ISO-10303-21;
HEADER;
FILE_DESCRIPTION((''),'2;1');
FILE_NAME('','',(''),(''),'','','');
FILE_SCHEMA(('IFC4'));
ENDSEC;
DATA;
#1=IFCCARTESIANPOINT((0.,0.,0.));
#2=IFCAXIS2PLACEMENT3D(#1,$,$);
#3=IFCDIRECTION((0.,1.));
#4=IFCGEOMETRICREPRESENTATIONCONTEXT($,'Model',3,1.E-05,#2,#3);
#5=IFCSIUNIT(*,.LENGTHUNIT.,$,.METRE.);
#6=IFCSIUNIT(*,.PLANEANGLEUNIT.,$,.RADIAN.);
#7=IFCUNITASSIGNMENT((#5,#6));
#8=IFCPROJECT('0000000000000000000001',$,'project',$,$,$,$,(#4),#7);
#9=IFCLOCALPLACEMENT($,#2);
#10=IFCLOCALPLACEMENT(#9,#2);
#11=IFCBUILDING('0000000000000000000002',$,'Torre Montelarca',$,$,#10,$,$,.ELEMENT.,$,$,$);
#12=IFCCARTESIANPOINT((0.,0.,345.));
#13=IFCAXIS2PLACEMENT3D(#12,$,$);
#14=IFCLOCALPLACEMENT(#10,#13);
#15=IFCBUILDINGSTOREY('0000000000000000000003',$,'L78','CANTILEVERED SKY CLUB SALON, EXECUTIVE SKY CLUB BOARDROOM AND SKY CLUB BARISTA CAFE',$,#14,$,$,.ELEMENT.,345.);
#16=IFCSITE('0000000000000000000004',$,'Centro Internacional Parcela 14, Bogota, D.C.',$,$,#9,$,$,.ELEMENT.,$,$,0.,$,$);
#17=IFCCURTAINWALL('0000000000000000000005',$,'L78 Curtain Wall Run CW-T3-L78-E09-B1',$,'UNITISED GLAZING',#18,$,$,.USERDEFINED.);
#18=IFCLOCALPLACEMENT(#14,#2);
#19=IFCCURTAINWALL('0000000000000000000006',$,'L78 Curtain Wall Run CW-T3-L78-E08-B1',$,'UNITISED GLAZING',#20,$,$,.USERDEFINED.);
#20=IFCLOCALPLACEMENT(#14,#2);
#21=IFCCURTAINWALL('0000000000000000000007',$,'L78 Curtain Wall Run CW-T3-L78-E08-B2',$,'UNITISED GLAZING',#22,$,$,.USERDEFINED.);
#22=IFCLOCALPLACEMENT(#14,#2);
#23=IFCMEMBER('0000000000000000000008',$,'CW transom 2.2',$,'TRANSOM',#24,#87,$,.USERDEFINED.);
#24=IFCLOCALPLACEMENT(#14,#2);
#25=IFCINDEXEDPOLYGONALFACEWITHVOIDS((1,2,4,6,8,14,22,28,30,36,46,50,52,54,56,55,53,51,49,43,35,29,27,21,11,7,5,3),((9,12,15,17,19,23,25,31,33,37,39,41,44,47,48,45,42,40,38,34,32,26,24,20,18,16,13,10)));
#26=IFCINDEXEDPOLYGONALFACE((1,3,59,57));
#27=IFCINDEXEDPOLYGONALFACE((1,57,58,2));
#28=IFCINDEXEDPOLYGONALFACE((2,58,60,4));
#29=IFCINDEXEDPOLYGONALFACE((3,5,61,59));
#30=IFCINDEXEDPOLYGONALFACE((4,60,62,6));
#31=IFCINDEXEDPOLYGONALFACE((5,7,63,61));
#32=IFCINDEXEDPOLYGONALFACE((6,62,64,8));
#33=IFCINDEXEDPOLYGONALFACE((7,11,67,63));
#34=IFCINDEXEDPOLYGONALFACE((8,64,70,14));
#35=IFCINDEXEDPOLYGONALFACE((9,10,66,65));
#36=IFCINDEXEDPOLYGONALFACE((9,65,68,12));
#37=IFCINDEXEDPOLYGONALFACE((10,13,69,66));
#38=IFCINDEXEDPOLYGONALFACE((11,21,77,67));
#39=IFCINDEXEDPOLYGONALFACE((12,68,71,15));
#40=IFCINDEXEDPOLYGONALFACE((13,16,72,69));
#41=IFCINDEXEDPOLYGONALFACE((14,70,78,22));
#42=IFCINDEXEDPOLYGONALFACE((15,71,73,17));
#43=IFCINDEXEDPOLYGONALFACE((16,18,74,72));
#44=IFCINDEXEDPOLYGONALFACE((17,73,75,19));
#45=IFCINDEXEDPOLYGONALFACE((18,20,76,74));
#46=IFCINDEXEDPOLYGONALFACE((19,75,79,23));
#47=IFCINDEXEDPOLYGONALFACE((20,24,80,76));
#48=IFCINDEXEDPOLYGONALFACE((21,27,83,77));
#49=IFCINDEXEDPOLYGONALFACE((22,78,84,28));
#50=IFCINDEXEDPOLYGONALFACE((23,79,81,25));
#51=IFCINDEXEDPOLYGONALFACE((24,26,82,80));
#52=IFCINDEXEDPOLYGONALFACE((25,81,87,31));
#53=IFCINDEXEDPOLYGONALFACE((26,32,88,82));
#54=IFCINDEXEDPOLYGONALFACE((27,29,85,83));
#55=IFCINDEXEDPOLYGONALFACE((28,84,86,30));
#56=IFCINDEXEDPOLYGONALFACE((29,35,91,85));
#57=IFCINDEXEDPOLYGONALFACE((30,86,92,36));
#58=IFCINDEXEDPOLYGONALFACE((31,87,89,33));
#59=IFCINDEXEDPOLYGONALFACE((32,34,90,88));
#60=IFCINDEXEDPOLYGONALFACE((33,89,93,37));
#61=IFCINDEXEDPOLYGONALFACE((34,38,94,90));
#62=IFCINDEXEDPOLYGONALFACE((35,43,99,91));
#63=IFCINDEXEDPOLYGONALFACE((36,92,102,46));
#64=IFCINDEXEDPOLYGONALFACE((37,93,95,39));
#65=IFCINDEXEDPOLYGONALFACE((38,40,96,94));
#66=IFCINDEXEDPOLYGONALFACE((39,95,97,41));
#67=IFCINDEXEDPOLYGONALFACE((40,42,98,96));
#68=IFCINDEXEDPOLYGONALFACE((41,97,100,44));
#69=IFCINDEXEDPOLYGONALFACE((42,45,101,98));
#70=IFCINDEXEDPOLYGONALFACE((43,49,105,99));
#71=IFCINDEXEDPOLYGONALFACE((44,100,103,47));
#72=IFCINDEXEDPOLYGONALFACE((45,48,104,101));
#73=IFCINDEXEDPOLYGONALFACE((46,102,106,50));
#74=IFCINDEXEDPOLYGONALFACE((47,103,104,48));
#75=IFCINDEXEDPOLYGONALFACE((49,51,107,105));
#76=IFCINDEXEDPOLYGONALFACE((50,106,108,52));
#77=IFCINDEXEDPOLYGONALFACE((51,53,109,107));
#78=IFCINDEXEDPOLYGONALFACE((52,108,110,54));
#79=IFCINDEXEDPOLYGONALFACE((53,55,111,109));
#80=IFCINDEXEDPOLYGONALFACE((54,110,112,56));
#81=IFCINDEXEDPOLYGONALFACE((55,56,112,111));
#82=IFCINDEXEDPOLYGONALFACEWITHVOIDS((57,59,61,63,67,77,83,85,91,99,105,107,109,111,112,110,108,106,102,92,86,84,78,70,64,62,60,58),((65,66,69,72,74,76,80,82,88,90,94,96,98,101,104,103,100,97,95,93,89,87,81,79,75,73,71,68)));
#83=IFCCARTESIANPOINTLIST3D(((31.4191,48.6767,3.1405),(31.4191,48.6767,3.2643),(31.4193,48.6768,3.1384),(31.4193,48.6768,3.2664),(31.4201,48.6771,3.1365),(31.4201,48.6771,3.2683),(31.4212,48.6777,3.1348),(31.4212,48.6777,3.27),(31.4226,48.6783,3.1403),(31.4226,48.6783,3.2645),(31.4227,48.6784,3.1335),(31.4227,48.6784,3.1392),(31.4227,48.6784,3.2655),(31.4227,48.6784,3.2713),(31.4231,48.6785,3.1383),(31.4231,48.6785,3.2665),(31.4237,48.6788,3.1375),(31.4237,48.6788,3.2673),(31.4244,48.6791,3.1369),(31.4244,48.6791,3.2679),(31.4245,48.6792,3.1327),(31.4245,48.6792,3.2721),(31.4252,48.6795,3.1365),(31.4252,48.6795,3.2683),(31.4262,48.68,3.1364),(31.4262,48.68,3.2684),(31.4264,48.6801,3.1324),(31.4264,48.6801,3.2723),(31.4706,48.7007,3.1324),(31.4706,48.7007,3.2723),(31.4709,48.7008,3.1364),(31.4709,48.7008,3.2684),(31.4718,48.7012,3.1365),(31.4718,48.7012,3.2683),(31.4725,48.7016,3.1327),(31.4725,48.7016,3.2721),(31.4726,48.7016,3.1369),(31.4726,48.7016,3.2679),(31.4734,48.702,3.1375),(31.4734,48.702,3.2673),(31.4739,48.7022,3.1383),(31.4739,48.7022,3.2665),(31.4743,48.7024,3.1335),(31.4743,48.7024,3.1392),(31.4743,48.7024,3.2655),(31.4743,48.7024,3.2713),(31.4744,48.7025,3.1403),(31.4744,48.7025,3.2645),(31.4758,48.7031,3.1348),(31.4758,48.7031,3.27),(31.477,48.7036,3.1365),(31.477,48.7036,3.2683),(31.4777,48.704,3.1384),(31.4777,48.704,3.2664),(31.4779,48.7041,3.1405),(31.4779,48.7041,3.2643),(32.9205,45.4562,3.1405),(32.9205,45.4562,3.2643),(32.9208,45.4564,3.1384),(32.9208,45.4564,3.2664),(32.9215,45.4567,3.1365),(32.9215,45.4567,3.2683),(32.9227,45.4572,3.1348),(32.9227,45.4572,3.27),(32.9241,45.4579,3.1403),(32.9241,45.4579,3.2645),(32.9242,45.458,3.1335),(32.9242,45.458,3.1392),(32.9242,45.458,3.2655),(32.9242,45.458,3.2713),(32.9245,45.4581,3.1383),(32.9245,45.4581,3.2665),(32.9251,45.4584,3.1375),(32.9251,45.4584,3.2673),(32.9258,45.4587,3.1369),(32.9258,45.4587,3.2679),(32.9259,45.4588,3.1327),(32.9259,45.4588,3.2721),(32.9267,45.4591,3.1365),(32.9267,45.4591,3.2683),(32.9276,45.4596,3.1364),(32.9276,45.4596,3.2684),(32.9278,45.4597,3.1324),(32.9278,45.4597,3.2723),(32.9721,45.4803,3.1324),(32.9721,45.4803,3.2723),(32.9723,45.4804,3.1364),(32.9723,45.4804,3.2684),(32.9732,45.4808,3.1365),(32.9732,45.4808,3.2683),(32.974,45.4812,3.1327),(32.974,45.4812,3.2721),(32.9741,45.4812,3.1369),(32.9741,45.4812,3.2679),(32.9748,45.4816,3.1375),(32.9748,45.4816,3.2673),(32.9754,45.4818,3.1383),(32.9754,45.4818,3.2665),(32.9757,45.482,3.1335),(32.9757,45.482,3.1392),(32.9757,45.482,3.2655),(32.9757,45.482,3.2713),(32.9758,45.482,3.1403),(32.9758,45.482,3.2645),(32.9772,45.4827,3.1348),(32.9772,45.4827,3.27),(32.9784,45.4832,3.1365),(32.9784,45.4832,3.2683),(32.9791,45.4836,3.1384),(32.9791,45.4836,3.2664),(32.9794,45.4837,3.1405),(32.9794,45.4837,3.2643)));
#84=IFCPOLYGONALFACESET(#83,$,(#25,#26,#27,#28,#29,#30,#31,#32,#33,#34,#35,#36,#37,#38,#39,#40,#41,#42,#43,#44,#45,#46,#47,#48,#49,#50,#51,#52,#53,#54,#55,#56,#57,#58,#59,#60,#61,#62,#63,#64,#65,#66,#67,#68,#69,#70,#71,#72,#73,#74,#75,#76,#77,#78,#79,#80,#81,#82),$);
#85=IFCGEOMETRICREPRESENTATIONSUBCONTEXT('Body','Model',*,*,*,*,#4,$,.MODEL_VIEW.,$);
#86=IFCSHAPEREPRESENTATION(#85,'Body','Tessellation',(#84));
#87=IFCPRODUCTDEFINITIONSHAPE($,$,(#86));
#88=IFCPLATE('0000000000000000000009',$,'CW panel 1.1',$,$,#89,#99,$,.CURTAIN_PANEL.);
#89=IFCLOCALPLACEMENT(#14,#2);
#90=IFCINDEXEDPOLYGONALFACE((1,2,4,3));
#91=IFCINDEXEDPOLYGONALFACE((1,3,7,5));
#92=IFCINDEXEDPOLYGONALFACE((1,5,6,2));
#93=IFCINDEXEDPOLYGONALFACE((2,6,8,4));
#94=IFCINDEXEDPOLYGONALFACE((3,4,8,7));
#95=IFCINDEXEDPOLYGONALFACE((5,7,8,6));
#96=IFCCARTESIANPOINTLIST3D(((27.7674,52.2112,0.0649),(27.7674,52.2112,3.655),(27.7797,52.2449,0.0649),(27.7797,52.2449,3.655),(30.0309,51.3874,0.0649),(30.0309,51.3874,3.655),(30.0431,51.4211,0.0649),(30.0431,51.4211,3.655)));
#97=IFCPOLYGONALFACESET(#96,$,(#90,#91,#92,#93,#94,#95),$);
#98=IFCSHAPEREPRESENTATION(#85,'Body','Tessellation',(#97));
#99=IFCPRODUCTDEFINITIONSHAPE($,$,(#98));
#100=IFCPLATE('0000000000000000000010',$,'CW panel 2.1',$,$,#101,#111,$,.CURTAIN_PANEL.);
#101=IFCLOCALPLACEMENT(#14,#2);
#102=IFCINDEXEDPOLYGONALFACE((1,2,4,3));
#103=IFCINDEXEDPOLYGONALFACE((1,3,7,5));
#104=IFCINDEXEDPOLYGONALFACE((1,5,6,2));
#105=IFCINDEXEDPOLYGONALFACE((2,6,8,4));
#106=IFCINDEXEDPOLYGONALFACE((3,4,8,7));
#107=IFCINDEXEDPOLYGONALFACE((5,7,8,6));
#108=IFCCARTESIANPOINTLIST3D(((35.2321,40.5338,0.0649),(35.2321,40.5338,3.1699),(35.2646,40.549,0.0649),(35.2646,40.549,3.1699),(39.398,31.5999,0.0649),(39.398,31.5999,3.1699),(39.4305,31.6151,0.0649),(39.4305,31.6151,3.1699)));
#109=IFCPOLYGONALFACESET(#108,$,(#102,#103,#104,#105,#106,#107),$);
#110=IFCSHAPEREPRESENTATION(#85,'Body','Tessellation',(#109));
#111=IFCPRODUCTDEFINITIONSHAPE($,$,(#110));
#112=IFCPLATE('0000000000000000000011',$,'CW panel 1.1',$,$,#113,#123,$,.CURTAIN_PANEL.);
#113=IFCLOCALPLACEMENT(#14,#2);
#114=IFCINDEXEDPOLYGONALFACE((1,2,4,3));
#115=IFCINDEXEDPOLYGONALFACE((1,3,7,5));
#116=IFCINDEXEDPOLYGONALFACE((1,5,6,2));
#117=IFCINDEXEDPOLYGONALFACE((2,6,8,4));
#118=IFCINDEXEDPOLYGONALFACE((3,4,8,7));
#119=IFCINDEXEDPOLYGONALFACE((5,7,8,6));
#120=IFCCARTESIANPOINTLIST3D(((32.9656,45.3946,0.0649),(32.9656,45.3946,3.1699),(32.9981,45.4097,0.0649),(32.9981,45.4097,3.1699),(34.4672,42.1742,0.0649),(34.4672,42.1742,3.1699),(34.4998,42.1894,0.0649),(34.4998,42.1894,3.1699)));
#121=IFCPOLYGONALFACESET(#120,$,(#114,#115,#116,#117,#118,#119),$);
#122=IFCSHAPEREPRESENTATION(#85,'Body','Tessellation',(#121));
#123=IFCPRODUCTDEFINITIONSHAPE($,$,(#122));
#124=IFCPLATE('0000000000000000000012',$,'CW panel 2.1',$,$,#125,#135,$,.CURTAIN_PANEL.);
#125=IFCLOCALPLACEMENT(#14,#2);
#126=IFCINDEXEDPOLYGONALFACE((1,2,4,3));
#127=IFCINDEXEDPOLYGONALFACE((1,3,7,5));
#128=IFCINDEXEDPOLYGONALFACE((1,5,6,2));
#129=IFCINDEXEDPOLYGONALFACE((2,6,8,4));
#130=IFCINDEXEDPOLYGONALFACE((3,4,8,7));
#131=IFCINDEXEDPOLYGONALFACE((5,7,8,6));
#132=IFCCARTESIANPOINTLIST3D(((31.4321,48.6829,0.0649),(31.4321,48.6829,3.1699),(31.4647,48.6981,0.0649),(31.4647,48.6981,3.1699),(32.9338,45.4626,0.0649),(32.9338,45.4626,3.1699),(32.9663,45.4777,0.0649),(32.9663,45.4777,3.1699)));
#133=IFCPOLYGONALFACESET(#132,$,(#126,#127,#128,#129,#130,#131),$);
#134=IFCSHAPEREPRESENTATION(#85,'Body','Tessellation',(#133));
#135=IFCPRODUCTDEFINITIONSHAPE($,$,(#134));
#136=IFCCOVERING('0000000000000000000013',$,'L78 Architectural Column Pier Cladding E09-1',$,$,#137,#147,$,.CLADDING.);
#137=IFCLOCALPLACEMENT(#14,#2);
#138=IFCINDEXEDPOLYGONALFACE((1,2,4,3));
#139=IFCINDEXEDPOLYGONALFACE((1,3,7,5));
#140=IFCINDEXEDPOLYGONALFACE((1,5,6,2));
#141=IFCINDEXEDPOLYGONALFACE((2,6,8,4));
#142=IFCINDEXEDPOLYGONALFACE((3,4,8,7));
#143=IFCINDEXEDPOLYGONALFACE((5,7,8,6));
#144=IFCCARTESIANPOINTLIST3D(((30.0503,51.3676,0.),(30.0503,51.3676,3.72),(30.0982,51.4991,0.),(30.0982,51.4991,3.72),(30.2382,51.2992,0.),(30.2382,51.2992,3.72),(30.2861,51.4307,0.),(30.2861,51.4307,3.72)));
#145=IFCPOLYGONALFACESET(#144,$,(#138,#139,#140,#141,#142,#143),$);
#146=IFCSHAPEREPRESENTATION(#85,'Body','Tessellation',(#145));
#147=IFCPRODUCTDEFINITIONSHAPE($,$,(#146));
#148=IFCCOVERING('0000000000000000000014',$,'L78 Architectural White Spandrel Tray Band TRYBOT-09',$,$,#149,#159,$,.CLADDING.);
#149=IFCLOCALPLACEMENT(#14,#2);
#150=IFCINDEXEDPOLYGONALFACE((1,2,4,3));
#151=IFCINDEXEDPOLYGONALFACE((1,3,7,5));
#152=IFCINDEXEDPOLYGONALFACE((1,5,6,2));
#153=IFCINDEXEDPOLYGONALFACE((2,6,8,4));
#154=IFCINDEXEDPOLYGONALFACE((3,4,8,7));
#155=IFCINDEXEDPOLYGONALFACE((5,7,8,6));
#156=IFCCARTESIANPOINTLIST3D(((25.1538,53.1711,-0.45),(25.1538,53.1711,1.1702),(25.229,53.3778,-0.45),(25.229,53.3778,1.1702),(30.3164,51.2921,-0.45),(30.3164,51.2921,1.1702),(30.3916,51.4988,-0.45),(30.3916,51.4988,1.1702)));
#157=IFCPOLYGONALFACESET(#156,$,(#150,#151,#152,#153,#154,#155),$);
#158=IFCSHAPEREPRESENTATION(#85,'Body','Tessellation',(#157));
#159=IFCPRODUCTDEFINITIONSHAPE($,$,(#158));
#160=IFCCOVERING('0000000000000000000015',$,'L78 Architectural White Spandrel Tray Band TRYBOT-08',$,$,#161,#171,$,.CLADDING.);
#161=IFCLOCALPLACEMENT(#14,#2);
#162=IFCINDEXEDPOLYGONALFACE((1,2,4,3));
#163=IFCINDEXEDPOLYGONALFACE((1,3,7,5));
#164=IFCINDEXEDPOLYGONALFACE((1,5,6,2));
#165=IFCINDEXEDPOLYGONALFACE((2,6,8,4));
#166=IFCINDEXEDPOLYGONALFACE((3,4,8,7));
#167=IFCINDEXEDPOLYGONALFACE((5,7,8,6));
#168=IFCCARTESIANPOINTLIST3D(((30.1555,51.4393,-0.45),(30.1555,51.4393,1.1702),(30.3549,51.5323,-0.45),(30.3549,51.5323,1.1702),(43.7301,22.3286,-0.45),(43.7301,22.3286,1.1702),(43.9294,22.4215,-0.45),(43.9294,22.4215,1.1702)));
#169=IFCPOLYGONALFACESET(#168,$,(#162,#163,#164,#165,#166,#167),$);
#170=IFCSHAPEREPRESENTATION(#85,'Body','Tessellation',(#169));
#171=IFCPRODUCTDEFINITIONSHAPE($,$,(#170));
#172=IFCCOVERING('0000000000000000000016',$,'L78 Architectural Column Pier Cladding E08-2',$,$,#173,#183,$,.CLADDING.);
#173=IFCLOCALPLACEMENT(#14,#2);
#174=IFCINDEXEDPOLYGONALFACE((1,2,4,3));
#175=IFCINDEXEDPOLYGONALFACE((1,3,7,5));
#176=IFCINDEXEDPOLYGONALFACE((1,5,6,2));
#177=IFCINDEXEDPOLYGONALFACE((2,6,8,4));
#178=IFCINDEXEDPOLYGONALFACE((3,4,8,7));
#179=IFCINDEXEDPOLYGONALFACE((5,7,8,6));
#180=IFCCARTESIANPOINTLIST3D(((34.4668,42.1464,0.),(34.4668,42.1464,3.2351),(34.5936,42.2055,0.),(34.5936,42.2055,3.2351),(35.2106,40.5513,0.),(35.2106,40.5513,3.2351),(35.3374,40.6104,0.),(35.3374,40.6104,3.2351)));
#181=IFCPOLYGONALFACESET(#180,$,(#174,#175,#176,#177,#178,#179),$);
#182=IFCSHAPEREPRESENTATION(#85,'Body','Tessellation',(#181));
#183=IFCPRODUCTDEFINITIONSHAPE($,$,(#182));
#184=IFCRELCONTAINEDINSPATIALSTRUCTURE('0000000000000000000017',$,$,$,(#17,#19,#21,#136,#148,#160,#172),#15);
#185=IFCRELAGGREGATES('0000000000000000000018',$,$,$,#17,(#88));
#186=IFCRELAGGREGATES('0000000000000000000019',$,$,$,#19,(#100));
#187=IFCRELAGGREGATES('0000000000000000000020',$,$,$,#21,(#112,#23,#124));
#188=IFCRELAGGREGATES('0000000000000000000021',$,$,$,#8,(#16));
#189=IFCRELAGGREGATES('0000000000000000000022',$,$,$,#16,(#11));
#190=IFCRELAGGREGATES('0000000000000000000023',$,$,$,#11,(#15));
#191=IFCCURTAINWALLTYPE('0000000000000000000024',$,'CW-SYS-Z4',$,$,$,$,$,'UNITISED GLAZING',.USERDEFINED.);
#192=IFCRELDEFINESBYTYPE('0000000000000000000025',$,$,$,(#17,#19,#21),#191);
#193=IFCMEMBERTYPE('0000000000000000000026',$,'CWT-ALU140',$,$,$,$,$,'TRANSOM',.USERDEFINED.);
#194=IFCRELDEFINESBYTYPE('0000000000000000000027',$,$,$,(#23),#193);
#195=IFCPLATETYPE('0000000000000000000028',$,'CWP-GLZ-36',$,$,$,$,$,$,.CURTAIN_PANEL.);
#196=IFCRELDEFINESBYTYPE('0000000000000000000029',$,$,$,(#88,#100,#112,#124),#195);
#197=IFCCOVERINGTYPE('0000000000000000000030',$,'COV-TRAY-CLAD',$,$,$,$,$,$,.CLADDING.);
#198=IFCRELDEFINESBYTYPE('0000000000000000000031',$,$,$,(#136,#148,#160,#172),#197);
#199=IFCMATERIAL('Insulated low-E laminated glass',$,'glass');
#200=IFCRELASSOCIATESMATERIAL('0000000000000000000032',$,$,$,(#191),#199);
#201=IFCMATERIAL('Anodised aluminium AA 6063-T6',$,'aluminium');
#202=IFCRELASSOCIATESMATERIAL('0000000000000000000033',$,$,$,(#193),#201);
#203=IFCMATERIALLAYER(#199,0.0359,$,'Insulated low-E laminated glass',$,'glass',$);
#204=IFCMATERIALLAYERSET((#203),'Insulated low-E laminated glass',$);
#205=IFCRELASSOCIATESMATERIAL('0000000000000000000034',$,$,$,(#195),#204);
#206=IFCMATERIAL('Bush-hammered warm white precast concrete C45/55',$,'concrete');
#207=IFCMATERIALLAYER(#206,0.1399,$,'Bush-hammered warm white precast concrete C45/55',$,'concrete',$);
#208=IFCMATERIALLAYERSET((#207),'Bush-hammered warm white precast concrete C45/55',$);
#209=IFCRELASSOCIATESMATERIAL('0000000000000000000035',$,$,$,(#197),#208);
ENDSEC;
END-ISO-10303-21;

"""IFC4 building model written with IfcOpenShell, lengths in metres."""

from ifc_helpers import new_model, si_unit, direction, frame, origin, origin_2d, place, context, subcontext, project, spatial, rectangle, hollow_rectangle, extrude, source, transform, mapped, material, layer, layer_set, material_profile, profile_set, type_object, element, aggregate, save


model = new_model("IFC4")

# Units and contexts
model_context = context("Model", 3, precision=1e-05, world=origin(), true_north=direction((0.0, 1.0)))
body_context = subcontext(model_context, "Body", "Model", "MODEL_VIEW")
ifc_project = project(units=[si_unit("LENGTHUNIT", "METRE"), si_unit("PLANEANGLEUNIT", "RADIAN")], contexts=[model_context])

# Site, building, storey
site_placement = place(None, origin())
site = spatial("IfcSite", under=ifc_project, at=site_placement, Name="Centro Internacional Parcela 14, Bogota, D.C.", CompositionType="ELEMENT", RefElevation=0.0)
building_placement = place(site_placement, origin())
building = spatial("IfcBuilding", under=site, at=building_placement, Name="Torre Montelarca", CompositionType="ELEMENT")
storey_placement = place(building_placement, frame((0.0, 0.0, 345.0)))
storey = spatial("IfcBuildingStorey", under=building, at=storey_placement, Name="L78", Description="CANTILEVERED SKY CLUB SALON, EXECUTIVE SKY CLUB BOARDROOM AND SKY CLUB BARISTA CAFE", CompositionType="ELEMENT", Elevation=345.0)

# Curtain wall
ifc_material_1 = material(Name="Insulated low-E laminated glass", Category="glass")
curtain_wall_type = type_object("IfcCurtainWallType", Name="CW-SYS-Z4", ElementType="UNITISED GLAZING", PredefinedType="USERDEFINED", material=ifc_material_1)
curtain_wall_1_placement = place(storey_placement, origin())
curtain_wall_1 = element("IfcCurtainWall", 1, at=curtain_wall_1_placement, inside=storey, type_object=curtain_wall_type, Name="L78 Curtain Wall Run CW-T3-L78-E09-B1", ObjectType="UNITISED GLAZING", PredefinedType="USERDEFINED")
ifc_material_2 = material(Name="Anodised aluminium AA 6063-T6", Category="aluminium")
ifc_material_profile_1 = material_profile(ifc_material_2, hollow_rectangle(XDim=0.0649, YDim=0.1399, WallThickness=0.0039, InnerFilletRadius=0.0039, OuterFilletRadius=0.0081, at=origin_2d()), Name="ALU65X140X4", Category="aluminium")
ifc_profile_set_1 = profile_set([ifc_material_profile_1], Name="Anodised aluminium AA 6063-T6")
member_type_1 = type_object("IfcMemberType", Name="CWT-ALU140", ElementType="TRANSOM", PredefinedType="USERDEFINED", material=ifc_profile_set_1)

# Curtain wall
curtain_wall_2_placement = place(storey_placement, origin())
curtain_wall_2 = element("IfcCurtainWall", 2, at=curtain_wall_2_placement, inside=storey, type_object=curtain_wall_type, Name="L78 Curtain Wall Run CW-T3-L78-E08-B1", ObjectType="UNITISED GLAZING", PredefinedType="USERDEFINED")

# Curtain wall
curtain_wall_3_placement = place(storey_placement, origin())
curtain_wall_3 = element("IfcCurtainWall", 3, at=curtain_wall_3_placement, inside=storey, type_object=curtain_wall_type, Name="L78 Curtain Wall Run CW-T3-L78-E08-B2", ObjectType="UNITISED GLAZING", PredefinedType="USERDEFINED")

# Member
shared_shape_1 = source(origin(), body_context, "Body", "SweptSolid", [
    extrude(hollow_rectangle(XDim=0.0649, YDim=0.1399, WallThickness=0.0039, InnerFilletRadius=0.0039, OuterFilletRadius=0.0081, at=origin_2d()), origin(), (0.0, 0.0, 1.0), 3.5532),
])
member_1_placement = place(storey_placement, frame((32.95, 45.47, 3.2024), z_axis=(-0.422558, 0.906336, 0.0), x_axis=(-0.906336, -0.422558, 0.0)))
member_1 = element("IfcMember", 4, at=member_1_placement, type_object=member_type_1, Name="CW transom 2.2", ObjectType="TRANSOM", PredefinedType="USERDEFINED", context=body_context, shape_type="MappedRepresentation", body=[
    mapped(shared_shape_1, transform((0.0, 0.0, 0.0), scale=1.0)),
])

# Plates
ifc_layer_1 = layer(ifc_material_1, 0.0359, Name="Insulated low-E laminated glass", Category="glass")
ifc_layer_set_1 = layer_set([ifc_layer_1], Name="Insulated low-E laminated glass")
plate_type = type_object("IfcPlateType", Name="CWP-GLZ-36", PredefinedType="CURTAIN_PANEL", material=ifc_layer_set_1)
shared_shape_2 = source(origin(), body_context, "Body", "SweptSolid", [
    extrude(rectangle(XDim=2.4087, YDim=0.0359, at=origin_2d()), origin(), (0.0, 0.0, 1.0), 3.5901),
])
plate_1_placement = place(storey_placement, frame((28.9053, 51.8162, 0.0649), z_axis=(0.0, 0.0, 1.0), x_axis=(-0.939694, 0.342015, 0.0)))
plate_1 = element("IfcPlate", 5, at=plate_1_placement, type_object=plate_type, Name="CW panel 1.1", PredefinedType="CURTAIN_PANEL", context=body_context, shape_type="MappedRepresentation", body=[
    mapped(shared_shape_2, transform((0.0, 0.0, 0.0), scale=1.0)),
])
aggregate(curtain_wall_1, [plate_1])
shared_shape_3 = source(origin(), body_context, "Body", "SweptSolid", [
    extrude(rectangle(XDim=9.8574, YDim=0.0359, at=origin_2d()), origin(), (0.0, 0.0, 1.0), 3.105),
])
plate_2_placement = place(storey_placement, frame((37.3313, 36.0745, 0.0649), z_axis=(0.0, 0.0, 1.0), x_axis=(-0.422615, 0.906309, 0.0)))
plate_2 = element("IfcPlate", 6, at=plate_2_placement, type_object=plate_type, Name="CW panel 2.1", PredefinedType="CURTAIN_PANEL", context=body_context, shape_type="MappedRepresentation", body=[
    mapped(shared_shape_3, transform((0.0, 0.0, 0.0), scale=1.0)),
])
aggregate(curtain_wall_2, [plate_2])
shared_shape_4 = source(origin(), body_context, "Body", "SweptSolid", [
    extrude(rectangle(XDim=3.5532, YDim=0.0359, at=origin_2d()), origin(), (0.0, 0.0, 1.0), 3.105),
])
plate_3_placement = place(storey_placement, frame((33.7327, 43.792, 0.0649), z_axis=(0.0, 0.0, 1.0), x_axis=(-0.422615, 0.906309, 0.0)))
plate_3 = element("IfcPlate", 7, at=plate_3_placement, type_object=plate_type, Name="CW panel 1.1", PredefinedType="CURTAIN_PANEL", context=body_context, shape_type="MappedRepresentation", body=[
    mapped(shared_shape_4, transform((0.0, 0.0, 0.0), scale=1.0)),
])
plate_4_placement = place(storey_placement, frame((32.1992, 47.0803, 0.0649), z_axis=(0.0, 0.0, 1.0), x_axis=(-0.422615, 0.906309, 0.0)))
plate_4 = element("IfcPlate", 8, at=plate_4_placement, type_object=plate_type, Name="CW panel 2.1", PredefinedType="CURTAIN_PANEL", context=body_context, shape_type="MappedRepresentation", body=[
    mapped(shared_shape_4, transform((0.0, 0.0, 0.0), scale=1.0)),
])
aggregate(curtain_wall_3, [plate_3, member_1, plate_4])

# Coverings
ifc_material_3 = material(Name="Bush-hammered warm white precast concrete C45/55", Category="concrete")
ifc_layer_2 = layer(ifc_material_3, 0.1399, Name="Bush-hammered warm white precast concrete C45/55", Category="concrete")
ifc_layer_set_2 = layer_set([ifc_layer_2], Name="Bush-hammered warm white precast concrete C45/55")
covering_type = type_object("IfcCoveringType", Name="COV-TRAY-CLAD", PredefinedType="CLADDING", material=ifc_layer_set_2)
shared_shape_5 = source(origin(), body_context, "Body", "SweptSolid", [
    extrude(rectangle(XDim=0.2, YDim=0.1399, at=origin_2d()), origin(), (0.0, 0.0, 1.0), 3.72),
])
covering_1_placement = place(storey_placement, frame((30.1682, 51.3992, 0.0), z_axis=(0.0, 0.0, 1.0), x_axis=(-0.939696, 0.34201, 0.0)))
element("IfcCovering", 9, at=covering_1_placement, inside=storey, type_object=covering_type, Name="L78 Architectural Column Pier Cladding E09-1", PredefinedType="CLADDING", context=body_context, shape_type="MappedRepresentation", body=[
    mapped(shared_shape_5, transform((0.0, 0.0, 0.0), scale=1.0)),
])
shared_shape_6 = source(origin(), body_context, "Body", "SweptSolid", [
    extrude(rectangle(XDim=5.4939, YDim=0.22, at=origin_2d()), origin(), (0.0, 0.0, 1.0), 1.6201),
])
covering_2_placement = place(storey_placement, frame((27.7727, 52.335, -0.45), z_axis=(0.0, 0.0, 1.0), x_axis=(-0.939693, 0.342019, 0.0)))
element("IfcCovering", 10, at=covering_2_placement, inside=storey, type_object=covering_type, Name="L78 Architectural White Spandrel Tray Band TRYBOT-09", PredefinedType="CLADDING", context=body_context, shape_type="MappedRepresentation", body=[
    mapped(shared_shape_6, transform((0.0, 0.0, 0.0), scale=1.0)),
])
shared_shape_7 = source(origin(), body_context, "Body", "SweptSolid", [
    extrude(rectangle(XDim=32.1201, YDim=0.22, at=origin_2d()), origin(), (0.0, 0.0, 1.0), 1.6201),
])
covering_3_placement = place(storey_placement, frame((37.0425, 36.9304, -0.45), z_axis=(0.0, 0.0, 1.0), x_axis=(-0.422618, 0.906308, 0.0)))
element("IfcCovering", 11, at=covering_3_placement, inside=storey, type_object=covering_type, Name="L78 Architectural White Spandrel Tray Band TRYBOT-08", PredefinedType="CLADDING", context=body_context, shape_type="MappedRepresentation", body=[
    mapped(shared_shape_7, transform((0.0, 0.0, 0.0), scale=1.0)),
])
shared_shape_8 = source(origin(), body_context, "Body", "SweptSolid", [
    extrude(rectangle(XDim=1.76, YDim=0.1399, at=origin_2d()), origin(), (0.0, 0.0, 1.0), 3.2351),
])
covering_4_placement = place(storey_placement, frame((34.9021, 41.3784, 0.0), z_axis=(0.0, 0.0, 1.0), x_axis=(-0.422617, 0.906309, 0.0)))
element("IfcCovering", 12, at=covering_4_placement, inside=storey, type_object=covering_type, Name="L78 Architectural Column Pier Cladding E08-2", PredefinedType="CLADDING", context=body_context, shape_type="MappedRepresentation", body=[
    mapped(shared_shape_8, transform((0.0, 0.0, 0.0), scale=1.0)),
])

save(model, "model.ifc")
